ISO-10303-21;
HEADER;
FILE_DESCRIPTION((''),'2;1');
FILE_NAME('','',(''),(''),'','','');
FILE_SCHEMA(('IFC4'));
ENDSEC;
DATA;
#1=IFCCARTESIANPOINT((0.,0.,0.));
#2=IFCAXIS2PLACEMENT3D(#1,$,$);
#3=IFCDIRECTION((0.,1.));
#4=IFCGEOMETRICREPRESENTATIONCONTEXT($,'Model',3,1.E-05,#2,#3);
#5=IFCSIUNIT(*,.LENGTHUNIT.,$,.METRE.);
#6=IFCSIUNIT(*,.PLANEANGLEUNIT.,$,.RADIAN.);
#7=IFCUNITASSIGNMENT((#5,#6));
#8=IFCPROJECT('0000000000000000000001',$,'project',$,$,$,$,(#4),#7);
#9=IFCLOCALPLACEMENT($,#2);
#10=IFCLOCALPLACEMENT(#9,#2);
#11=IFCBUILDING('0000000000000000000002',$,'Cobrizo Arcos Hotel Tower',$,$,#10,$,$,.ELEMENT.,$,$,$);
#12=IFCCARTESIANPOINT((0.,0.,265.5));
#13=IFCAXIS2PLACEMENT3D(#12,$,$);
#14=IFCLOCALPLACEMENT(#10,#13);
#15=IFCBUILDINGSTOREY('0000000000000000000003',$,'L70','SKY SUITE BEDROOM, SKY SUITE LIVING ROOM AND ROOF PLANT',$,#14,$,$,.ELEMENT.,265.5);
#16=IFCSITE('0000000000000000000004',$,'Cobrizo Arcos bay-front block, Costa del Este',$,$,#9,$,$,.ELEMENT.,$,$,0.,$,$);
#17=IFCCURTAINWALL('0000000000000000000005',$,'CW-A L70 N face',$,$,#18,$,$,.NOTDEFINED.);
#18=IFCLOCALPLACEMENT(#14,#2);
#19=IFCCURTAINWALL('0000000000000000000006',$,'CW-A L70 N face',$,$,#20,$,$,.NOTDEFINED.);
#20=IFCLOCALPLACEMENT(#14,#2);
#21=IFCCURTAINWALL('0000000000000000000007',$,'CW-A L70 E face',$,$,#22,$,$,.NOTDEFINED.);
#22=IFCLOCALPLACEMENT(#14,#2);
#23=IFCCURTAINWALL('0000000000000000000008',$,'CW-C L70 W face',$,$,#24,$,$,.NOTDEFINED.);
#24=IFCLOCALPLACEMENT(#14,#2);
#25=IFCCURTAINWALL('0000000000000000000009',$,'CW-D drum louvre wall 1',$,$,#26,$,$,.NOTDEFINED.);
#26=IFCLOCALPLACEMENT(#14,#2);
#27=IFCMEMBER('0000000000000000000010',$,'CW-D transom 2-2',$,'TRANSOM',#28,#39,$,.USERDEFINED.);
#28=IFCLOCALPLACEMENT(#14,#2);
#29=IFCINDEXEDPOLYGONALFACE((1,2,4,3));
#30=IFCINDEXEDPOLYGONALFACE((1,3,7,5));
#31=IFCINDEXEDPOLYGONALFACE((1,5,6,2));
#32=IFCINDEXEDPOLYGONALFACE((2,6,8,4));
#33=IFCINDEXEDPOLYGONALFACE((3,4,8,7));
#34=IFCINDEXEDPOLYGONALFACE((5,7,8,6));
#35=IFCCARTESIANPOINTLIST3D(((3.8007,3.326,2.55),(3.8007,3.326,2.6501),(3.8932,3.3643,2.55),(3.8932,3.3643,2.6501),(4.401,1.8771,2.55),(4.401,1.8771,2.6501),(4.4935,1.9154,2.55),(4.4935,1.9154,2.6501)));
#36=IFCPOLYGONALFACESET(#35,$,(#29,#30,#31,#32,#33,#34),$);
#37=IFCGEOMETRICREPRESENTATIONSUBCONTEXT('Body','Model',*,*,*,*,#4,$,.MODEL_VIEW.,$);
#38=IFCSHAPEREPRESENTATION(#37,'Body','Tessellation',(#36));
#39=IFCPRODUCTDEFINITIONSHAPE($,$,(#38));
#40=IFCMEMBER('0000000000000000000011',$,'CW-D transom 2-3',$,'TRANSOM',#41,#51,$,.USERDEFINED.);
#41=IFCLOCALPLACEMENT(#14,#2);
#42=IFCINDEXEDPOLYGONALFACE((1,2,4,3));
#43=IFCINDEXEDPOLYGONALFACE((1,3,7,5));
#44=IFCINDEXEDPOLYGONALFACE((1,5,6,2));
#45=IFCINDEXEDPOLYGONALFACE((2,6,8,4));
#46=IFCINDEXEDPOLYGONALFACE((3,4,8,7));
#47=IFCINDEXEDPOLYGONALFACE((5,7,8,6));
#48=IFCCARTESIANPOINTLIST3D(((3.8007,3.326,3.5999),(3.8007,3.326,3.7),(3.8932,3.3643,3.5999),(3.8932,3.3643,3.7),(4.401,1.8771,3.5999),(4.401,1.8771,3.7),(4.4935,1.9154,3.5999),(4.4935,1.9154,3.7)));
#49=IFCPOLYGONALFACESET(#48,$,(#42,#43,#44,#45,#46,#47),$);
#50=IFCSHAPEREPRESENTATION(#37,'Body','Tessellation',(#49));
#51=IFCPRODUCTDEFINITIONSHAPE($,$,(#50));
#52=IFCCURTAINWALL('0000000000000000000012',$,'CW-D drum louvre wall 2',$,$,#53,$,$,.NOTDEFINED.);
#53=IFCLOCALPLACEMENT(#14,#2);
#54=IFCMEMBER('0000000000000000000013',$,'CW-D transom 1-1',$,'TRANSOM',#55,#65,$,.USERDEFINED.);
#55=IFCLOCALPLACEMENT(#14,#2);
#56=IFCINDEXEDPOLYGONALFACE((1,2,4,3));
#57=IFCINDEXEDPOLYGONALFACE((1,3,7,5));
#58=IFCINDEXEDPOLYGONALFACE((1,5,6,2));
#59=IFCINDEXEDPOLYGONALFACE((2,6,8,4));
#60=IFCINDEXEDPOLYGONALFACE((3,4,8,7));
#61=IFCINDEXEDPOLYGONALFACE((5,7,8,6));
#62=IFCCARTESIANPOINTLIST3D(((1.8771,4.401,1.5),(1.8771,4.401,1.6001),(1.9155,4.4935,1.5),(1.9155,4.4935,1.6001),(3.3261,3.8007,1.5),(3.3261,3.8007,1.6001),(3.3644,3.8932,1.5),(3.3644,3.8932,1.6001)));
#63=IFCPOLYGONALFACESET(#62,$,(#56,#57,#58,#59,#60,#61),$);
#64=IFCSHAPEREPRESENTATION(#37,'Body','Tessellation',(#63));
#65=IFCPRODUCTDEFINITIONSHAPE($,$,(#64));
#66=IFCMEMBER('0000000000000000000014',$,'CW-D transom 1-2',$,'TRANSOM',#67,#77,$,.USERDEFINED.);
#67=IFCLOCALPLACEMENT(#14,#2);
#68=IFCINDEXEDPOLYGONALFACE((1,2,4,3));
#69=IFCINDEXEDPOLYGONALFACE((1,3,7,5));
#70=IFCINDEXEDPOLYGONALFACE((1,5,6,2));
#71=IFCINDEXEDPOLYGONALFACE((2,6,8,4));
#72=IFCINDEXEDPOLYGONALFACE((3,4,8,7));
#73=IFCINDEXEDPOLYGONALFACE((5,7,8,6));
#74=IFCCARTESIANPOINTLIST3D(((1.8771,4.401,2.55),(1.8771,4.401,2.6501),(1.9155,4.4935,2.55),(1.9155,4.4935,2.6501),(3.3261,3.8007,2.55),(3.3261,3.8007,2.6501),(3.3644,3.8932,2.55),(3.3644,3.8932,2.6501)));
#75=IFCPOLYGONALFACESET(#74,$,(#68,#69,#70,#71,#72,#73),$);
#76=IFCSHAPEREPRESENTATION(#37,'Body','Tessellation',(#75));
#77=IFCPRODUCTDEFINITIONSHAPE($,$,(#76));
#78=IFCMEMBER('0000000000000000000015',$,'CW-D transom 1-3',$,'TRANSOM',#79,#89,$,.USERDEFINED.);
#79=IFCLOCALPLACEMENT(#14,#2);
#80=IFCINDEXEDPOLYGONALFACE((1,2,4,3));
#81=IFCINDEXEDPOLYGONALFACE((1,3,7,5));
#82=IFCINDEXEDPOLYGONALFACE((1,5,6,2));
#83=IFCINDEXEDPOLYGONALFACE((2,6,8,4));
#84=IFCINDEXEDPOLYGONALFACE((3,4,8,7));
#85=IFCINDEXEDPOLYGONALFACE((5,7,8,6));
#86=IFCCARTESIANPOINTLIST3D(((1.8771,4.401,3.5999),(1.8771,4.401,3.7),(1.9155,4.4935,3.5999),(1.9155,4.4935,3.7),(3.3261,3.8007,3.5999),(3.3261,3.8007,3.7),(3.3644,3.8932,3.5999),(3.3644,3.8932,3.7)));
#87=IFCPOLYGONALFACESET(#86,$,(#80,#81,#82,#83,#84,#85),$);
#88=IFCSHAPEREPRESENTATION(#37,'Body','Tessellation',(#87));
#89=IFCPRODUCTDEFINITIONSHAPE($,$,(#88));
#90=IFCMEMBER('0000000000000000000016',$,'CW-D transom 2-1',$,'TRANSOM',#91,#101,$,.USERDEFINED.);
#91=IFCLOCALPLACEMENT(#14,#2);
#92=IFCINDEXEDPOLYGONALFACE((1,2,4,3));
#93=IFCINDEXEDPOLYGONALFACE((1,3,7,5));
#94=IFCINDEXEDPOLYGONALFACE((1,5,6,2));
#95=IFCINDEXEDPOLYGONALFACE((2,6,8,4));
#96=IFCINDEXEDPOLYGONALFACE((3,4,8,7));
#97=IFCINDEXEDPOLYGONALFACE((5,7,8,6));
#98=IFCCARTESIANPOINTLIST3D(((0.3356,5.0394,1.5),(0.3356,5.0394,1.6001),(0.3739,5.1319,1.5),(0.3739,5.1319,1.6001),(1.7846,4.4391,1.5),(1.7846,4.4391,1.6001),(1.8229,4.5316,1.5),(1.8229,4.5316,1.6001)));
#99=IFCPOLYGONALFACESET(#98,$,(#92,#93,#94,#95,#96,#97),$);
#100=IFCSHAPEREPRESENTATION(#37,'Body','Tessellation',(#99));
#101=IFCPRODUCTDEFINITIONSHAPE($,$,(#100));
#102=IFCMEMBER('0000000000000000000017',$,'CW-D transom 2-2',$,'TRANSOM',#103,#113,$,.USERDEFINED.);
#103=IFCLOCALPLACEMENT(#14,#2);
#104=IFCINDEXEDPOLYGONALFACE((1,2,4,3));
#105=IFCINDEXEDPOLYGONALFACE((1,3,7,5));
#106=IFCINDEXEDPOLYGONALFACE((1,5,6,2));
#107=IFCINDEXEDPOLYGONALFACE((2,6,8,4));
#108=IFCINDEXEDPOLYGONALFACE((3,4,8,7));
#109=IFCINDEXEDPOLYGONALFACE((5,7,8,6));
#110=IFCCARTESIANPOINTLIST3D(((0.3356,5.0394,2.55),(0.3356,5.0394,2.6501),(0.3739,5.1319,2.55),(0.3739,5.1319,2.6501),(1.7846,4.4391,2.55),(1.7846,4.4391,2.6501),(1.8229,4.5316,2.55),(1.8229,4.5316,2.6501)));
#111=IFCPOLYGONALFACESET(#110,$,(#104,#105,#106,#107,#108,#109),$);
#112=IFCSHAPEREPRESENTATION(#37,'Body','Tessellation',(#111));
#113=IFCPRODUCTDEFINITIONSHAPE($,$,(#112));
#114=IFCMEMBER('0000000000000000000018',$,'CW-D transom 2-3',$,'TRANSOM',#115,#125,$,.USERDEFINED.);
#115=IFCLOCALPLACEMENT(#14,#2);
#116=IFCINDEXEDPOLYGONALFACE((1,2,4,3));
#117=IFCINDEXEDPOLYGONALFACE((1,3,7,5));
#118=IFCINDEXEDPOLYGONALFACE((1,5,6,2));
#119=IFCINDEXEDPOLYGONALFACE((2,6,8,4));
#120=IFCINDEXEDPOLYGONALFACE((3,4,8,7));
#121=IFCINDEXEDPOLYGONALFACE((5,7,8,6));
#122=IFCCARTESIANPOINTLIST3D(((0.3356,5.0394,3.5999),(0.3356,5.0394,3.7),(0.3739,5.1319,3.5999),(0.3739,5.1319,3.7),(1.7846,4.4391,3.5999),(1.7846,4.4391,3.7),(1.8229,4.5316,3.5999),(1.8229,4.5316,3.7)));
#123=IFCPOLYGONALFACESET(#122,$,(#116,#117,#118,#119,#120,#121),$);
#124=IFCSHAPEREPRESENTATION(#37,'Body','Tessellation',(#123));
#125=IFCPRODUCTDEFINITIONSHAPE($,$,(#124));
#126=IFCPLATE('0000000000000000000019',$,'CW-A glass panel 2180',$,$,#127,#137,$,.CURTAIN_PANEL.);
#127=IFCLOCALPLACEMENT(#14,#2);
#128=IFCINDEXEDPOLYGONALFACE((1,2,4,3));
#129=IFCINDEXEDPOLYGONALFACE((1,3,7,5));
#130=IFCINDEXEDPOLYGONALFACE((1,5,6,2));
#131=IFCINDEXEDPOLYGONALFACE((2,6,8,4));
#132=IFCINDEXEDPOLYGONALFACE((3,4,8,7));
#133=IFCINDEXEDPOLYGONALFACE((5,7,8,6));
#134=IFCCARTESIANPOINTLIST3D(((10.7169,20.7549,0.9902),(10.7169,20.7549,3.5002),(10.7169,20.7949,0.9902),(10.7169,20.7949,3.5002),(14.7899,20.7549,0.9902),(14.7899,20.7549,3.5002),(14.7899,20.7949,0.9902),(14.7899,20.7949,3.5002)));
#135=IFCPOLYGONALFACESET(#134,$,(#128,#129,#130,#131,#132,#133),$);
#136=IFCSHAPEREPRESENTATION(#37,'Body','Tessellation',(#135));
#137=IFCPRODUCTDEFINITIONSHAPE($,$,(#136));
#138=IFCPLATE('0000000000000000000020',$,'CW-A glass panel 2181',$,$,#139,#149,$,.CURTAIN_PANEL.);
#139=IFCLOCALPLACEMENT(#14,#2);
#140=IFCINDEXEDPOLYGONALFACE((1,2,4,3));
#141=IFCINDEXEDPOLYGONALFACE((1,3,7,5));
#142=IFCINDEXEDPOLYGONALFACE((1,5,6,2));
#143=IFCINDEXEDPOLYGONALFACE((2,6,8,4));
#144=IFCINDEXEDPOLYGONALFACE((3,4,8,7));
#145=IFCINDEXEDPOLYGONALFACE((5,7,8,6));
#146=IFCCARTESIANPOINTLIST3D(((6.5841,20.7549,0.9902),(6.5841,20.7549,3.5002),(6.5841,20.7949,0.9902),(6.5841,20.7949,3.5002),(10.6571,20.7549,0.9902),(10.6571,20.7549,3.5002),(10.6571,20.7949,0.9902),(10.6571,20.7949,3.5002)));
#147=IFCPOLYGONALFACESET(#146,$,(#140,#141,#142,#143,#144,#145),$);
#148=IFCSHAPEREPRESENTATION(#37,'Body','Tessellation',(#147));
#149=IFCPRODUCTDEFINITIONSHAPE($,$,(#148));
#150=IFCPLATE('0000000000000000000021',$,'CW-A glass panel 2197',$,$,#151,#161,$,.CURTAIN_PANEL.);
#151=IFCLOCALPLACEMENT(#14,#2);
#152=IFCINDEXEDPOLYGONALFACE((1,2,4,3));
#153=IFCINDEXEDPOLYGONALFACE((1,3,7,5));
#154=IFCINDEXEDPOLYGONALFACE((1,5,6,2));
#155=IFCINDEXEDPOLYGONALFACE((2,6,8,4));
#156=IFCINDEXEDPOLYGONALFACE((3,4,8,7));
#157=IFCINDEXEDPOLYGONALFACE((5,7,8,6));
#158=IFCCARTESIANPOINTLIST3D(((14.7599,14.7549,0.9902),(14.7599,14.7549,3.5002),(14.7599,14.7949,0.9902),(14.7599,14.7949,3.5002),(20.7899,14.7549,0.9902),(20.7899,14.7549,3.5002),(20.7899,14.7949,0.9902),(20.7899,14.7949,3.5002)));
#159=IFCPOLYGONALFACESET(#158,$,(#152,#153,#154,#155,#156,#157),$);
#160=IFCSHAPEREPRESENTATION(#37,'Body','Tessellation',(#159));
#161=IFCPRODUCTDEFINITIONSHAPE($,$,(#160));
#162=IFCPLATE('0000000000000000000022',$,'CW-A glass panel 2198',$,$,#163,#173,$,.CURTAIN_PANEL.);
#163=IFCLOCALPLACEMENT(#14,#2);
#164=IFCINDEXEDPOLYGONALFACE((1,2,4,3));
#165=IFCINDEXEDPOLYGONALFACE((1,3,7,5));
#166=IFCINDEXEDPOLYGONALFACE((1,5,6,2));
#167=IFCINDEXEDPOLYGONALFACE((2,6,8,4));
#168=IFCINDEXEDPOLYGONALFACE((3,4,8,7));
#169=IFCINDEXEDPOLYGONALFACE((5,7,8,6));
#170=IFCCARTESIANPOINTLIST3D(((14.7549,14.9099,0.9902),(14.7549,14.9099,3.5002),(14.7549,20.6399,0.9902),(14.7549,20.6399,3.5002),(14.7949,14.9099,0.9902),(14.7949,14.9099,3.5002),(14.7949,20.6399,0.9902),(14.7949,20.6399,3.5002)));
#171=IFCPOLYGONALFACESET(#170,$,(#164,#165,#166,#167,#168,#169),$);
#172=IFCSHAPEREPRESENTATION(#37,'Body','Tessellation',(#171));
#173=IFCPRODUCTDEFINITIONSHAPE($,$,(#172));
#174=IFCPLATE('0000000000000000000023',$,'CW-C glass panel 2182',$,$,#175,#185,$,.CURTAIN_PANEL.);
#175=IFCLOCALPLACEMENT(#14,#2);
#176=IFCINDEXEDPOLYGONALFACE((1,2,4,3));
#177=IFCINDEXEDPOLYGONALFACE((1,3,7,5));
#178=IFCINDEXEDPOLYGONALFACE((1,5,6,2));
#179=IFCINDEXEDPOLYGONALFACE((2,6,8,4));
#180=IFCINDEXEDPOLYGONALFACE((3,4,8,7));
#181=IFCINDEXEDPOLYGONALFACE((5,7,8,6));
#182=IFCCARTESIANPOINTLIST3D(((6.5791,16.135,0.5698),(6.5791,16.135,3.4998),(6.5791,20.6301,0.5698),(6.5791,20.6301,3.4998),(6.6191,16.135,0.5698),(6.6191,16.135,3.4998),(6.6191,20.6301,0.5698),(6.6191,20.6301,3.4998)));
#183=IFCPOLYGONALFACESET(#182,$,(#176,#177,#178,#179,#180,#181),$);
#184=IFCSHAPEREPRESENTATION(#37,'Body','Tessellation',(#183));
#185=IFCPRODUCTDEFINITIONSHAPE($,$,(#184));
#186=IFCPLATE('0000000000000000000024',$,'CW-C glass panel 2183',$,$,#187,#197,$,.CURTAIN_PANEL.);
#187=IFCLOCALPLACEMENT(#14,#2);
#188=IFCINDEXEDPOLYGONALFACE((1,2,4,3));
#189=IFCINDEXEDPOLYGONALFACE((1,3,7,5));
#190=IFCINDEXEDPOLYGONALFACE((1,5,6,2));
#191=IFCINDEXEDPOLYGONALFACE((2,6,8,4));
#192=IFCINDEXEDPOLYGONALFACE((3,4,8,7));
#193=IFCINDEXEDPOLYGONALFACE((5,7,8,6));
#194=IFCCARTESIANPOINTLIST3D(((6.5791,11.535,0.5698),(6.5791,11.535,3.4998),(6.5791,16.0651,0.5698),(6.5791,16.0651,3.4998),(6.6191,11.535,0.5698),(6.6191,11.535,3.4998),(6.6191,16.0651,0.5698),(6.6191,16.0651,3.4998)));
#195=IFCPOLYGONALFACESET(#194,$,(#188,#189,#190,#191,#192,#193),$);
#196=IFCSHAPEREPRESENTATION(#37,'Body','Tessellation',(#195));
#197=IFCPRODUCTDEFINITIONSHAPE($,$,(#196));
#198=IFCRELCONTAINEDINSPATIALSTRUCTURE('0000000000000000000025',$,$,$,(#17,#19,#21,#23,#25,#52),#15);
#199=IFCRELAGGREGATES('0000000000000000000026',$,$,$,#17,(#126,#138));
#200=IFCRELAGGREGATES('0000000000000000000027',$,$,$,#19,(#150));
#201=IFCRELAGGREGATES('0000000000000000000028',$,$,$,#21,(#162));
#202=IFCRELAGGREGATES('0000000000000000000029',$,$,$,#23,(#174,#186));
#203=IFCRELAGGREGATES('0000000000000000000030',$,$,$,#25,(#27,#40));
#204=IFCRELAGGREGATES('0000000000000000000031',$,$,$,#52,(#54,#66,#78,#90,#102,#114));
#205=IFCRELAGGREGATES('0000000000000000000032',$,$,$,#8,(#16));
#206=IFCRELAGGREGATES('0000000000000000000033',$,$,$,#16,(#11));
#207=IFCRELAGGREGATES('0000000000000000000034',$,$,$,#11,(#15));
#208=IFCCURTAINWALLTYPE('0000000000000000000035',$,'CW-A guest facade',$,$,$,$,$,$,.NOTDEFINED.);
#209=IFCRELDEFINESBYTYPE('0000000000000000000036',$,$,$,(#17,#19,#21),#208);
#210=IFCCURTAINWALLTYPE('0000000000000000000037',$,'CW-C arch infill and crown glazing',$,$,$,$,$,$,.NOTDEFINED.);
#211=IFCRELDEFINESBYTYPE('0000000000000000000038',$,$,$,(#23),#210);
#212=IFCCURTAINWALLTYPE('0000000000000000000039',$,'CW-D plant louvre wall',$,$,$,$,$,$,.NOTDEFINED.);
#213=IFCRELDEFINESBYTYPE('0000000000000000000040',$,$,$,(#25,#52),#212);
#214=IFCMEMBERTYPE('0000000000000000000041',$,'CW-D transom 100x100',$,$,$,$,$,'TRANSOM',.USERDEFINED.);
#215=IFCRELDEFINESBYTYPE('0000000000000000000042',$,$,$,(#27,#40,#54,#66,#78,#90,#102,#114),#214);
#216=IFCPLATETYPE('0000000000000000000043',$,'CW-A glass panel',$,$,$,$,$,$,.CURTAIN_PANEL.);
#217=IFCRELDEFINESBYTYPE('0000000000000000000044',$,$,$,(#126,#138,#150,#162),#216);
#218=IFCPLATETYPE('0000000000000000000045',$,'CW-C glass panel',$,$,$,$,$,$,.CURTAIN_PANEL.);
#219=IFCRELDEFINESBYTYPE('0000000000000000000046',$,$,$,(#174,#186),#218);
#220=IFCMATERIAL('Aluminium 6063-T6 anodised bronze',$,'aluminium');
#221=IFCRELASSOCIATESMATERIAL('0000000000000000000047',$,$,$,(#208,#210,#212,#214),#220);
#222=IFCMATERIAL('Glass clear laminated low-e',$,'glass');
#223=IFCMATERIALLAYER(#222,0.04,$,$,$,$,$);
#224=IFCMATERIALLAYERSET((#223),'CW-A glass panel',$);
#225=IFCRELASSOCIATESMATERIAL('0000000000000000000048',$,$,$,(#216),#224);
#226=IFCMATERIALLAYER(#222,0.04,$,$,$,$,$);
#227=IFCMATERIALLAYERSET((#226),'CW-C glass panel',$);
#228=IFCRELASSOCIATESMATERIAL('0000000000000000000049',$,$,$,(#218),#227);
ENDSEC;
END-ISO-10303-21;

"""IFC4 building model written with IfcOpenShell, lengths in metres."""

from ifc_helpers import new_model, si_unit, direction, frame, origin, origin_2d, place, context, subcontext, project, spatial, rectangle, extrude, material, layer, layer_set, material_profile, profile_set, type_object, element, aggregate, save


model = new_model("IFC4")

# Units and contexts
model_context = context("Model", 3, precision=1e-05, world=origin(), true_north=direction((0.0, 1.0)))
body_context = subcontext(model_context, "Body", "Model", "MODEL_VIEW")
ifc_project = project(units=[si_unit("LENGTHUNIT", "METRE"), si_unit("PLANEANGLEUNIT", "RADIAN")], contexts=[model_context])

# Site, building, storey
site_placement = place(None, origin())
site = spatial("IfcSite", under=ifc_project, at=site_placement, Name="Cobrizo Arcos bay-front block, Costa del Este", CompositionType="ELEMENT", RefElevation=0.0)
building_placement = place(site_placement, origin())
building = spatial("IfcBuilding", under=site, at=building_placement, Name="Cobrizo Arcos Hotel Tower", CompositionType="ELEMENT")
storey_placement = place(building_placement, frame((0.0, 0.0, 265.5)))
storey = spatial("IfcBuildingStorey", under=building, at=storey_placement, Name="L70", Description="SKY SUITE BEDROOM, SKY SUITE LIVING ROOM AND ROOF PLANT", CompositionType="ELEMENT", Elevation=265.5)

# Curtain wall
ifc_material_1 = material(Name="Aluminium 6063-T6 anodised bronze", Category="aluminium")
curtain_wall_type_1 = type_object("IfcCurtainWallType", Name="CW-A guest facade", PredefinedType="NOTDEFINED", material=ifc_material_1)
curtain_wall_1_placement = place(storey_placement, origin())
curtain_wall_1 = element("IfcCurtainWall", 1, at=curtain_wall_1_placement, inside=storey, type_object=curtain_wall_type_1, Name="CW-A L70 N face", PredefinedType="NOTDEFINED")

# Curtain walls
curtain_wall_2_placement = place(storey_placement, origin())
curtain_wall_2 = element("IfcCurtainWall", 2, at=curtain_wall_2_placement, inside=storey, type_object=curtain_wall_type_1, Name="CW-A L70 N face", PredefinedType="NOTDEFINED")
curtain_wall_3_placement = place(storey_placement, origin())
curtain_wall_3 = element("IfcCurtainWall", 3, at=curtain_wall_3_placement, inside=storey, type_object=curtain_wall_type_1, Name="CW-A L70 E face", PredefinedType="NOTDEFINED")

# Curtain wall
curtain_wall_type_2 = type_object("IfcCurtainWallType", Name="CW-C arch infill and crown glazing", PredefinedType="NOTDEFINED", material=ifc_material_1)
curtain_wall_4_placement = place(storey_placement, origin())
curtain_wall_4 = element("IfcCurtainWall", 4, at=curtain_wall_4_placement, inside=storey, type_object=curtain_wall_type_2, Name="CW-C L70 W face", PredefinedType="NOTDEFINED")

# Shared definitions
curtain_wall_type_3 = type_object("IfcCurtainWallType", Name="CW-D plant louvre wall", PredefinedType="NOTDEFINED", material=ifc_material_1)

# Curtain walls, members
curtain_wall_5_placement = place(storey_placement, origin())
curtain_wall_5 = element("IfcCurtainWall", 5, at=curtain_wall_5_placement, inside=storey, type_object=curtain_wall_type_3, Name="CW-D drum louvre wall 1", PredefinedType="NOTDEFINED")
ifc_material_profile_1 = material_profile(ifc_material_1, rectangle(XDim=0.1001, YDim=0.1001, at=origin_2d()), Name="CW-D transom 100x100")
ifc_profile_set_1 = profile_set([ifc_material_profile_1], Name="Aluminium 6063-T6 anodised bronze")
member_type_1 = type_object("IfcMemberType", Name="CW-D transom 100x100", ElementType="TRANSOM", PredefinedType="USERDEFINED", material=ifc_profile_set_1)
member_1_placement = place(storey_placement, frame((4.4473, 1.8962, 2.6001), z_axis=(-0.382769, 0.923844, 0.0), x_axis=(-0.923844, -0.382769, 0.0)))
member_1 = element("IfcMember", 6, at=member_1_placement, type_object=member_type_1, Name="CW-D transom 2-2", ObjectType="TRANSOM", PredefinedType="USERDEFINED", context=body_context, shape_type="SweptSolid", body=[
    extrude(rectangle(XDim=0.1001, YDim=0.1001, at=origin_2d()), origin(), (0.0, 0.0, 1.0), 1.5684),
])
member_2_placement = place(storey_placement, frame((4.4473, 1.8962, 3.6499), z_axis=(-0.382769, 0.923844, 0.0), x_axis=(-0.923844, -0.382769, 0.0)))
member_2 = element("IfcMember", 7, at=member_2_placement, type_object=member_type_1, Name="CW-D transom 2-3", ObjectType="TRANSOM", PredefinedType="USERDEFINED", context=body_context, shape_type="SweptSolid", body=[
    extrude(rectangle(XDim=0.1001, YDim=0.1001, at=origin_2d()), origin(), (0.0, 0.0, 1.0), 1.5684),
])
curtain_wall_6_placement = place(storey_placement, origin())
curtain_wall_6 = element("IfcCurtainWall", 8, at=curtain_wall_6_placement, inside=storey, type_object=curtain_wall_type_3, Name="CW-D drum louvre wall 2", PredefinedType="NOTDEFINED")
member_3_placement = place(storey_placement, frame((3.3452, 3.8469, 1.55), z_axis=(-0.923844, 0.382769, 0.0), x_axis=(-0.382769, -0.923844, 0.0)))
member_3 = element("IfcMember", 9, at=member_3_placement, type_object=member_type_1, Name="CW-D transom 1-1", ObjectType="TRANSOM", PredefinedType="USERDEFINED", context=body_context, shape_type="SweptSolid", body=[
    extrude(rectangle(XDim=0.1001, YDim=0.1001, at=origin_2d()), origin(), (0.0, 0.0, 1.0), 1.5684),
])
member_4_placement = place(storey_placement, frame((3.3452, 3.8469, 2.6001), z_axis=(-0.923844, 0.382769, 0.0), x_axis=(-0.382769, -0.923844, 0.0)))
member_4 = element("IfcMember", 10, at=member_4_placement, type_object=member_type_1, Name="CW-D transom 1-2", ObjectType="TRANSOM", PredefinedType="USERDEFINED", context=body_context, shape_type="SweptSolid", body=[
    extrude(rectangle(XDim=0.1001, YDim=0.1001, at=origin_2d()), origin(), (0.0, 0.0, 1.0), 1.5684),
])
member_5_placement = place(storey_placement, frame((3.3452, 3.8469, 3.6499), z_axis=(-0.923844, 0.382769, 0.0), x_axis=(-0.382769, -0.923844, 0.0)))
member_5 = element("IfcMember", 11, at=member_5_placement, type_object=member_type_1, Name="CW-D transom 1-3", ObjectType="TRANSOM", PredefinedType="USERDEFINED", context=body_context, shape_type="SweptSolid", body=[
    extrude(rectangle(XDim=0.1001, YDim=0.1001, at=origin_2d()), origin(), (0.0, 0.0, 1.0), 1.5684),
])
member_6_placement = place(storey_placement, frame((1.8037, 4.4854, 1.55), z_axis=(-0.923844, 0.382769, 0.0), x_axis=(-0.382769, -0.923844, 0.0)))
member_6 = element("IfcMember", 12, at=member_6_placement, type_object=member_type_1, Name="CW-D transom 2-1", ObjectType="TRANSOM", PredefinedType="USERDEFINED", context=body_context, shape_type="SweptSolid", body=[
    extrude(rectangle(XDim=0.1001, YDim=0.1001, at=origin_2d()), origin(), (0.0, 0.0, 1.0), 1.5684),
])
member_7_placement = place(storey_placement, frame((1.8037, 4.4854, 2.6001), z_axis=(-0.923844, 0.382769, 0.0), x_axis=(-0.382769, -0.923844, 0.0)))
member_7 = element("IfcMember", 13, at=member_7_placement, type_object=member_type_1, Name="CW-D transom 2-2", ObjectType="TRANSOM", PredefinedType="USERDEFINED", context=body_context, shape_type="SweptSolid", body=[
    extrude(rectangle(XDim=0.1001, YDim=0.1001, at=origin_2d()), origin(), (0.0, 0.0, 1.0), 1.5684),
])
member_8_placement = place(storey_placement, frame((1.8037, 4.4854, 3.6499), z_axis=(-0.923844, 0.382769, 0.0), x_axis=(-0.382769, -0.923844, 0.0)))
member_8 = element("IfcMember", 14, at=member_8_placement, type_object=member_type_1, Name="CW-D transom 2-3", ObjectType="TRANSOM", PredefinedType="USERDEFINED", context=body_context, shape_type="SweptSolid", body=[
    extrude(rectangle(XDim=0.1001, YDim=0.1001, at=origin_2d()), origin(), (0.0, 0.0, 1.0), 1.5684),
])

# Plates
ifc_material_2 = material(Name="Glass clear laminated low-e", Category="glass")
ifc_layer_1 = layer(ifc_material_2, 0.04)
ifc_layer_set_1 = layer_set([ifc_layer_1], Name="CW-A glass panel")
plate_type_1 = type_object("IfcPlateType", Name="CW-A glass panel", PredefinedType="CURTAIN_PANEL", material=ifc_layer_set_1)
plate_1_placement = place(storey_placement, frame((12.7534, 20.7749, 0.9902), z_axis=(0.0, 0.0, 1.0), x_axis=(-1.0, 0.0, 0.0)))
plate_1 = element("IfcPlate", 15, at=plate_1_placement, type_object=plate_type_1, Name="CW-A glass panel 2180", PredefinedType="CURTAIN_PANEL", context=body_context, shape_type="SweptSolid", body=[
    extrude(rectangle(XDim=4.073, YDim=0.04, at=origin_2d()), origin(), (0.0, 0.0, 1.0), 2.51),
])
plate_2_placement = place(storey_placement, frame((8.6206, 20.7749, 0.9902), z_axis=(0.0, 0.0, 1.0), x_axis=(-1.0, 0.0, 0.0)))
plate_2 = element("IfcPlate", 16, at=plate_2_placement, type_object=plate_type_1, Name="CW-A glass panel 2181", PredefinedType="CURTAIN_PANEL", context=body_context, shape_type="SweptSolid", body=[
    extrude(rectangle(XDim=4.073, YDim=0.04, at=origin_2d()), origin(), (0.0, 0.0, 1.0), 2.51),
])
aggregate(curtain_wall_1, [plate_1, plate_2])
plate_3_placement = place(storey_placement, frame((17.7749, 14.7749, 0.9902), z_axis=(0.0, 0.0, 1.0), x_axis=(-1.0, 0.0, 0.0)))
plate_3 = element("IfcPlate", 17, at=plate_3_placement, type_object=plate_type_1, Name="CW-A glass panel 2197", PredefinedType="CURTAIN_PANEL", context=body_context, shape_type="SweptSolid", body=[
    extrude(rectangle(XDim=6.03, YDim=0.04, at=origin_2d()), origin(), (0.0, 0.0, 1.0), 2.51),
])
aggregate(curtain_wall_2, [plate_3])
plate_4_placement = place(storey_placement, frame((14.7749, 17.7749, 0.9902), z_axis=(0.0, 0.0, 1.0), x_axis=(0.0, 1.0, 0.0)))
plate_4 = element("IfcPlate", 18, at=plate_4_placement, type_object=plate_type_1, Name="CW-A glass panel 2198", PredefinedType="CURTAIN_PANEL", context=body_context, shape_type="SweptSolid", body=[
    extrude(rectangle(XDim=5.73, YDim=0.04, at=origin_2d()), origin(), (0.0, 0.0, 1.0), 2.51),
])
aggregate(curtain_wall_3, [plate_4])
ifc_layer_2 = layer(ifc_material_2, 0.04)
ifc_layer_set_2 = layer_set([ifc_layer_2], Name="CW-C glass panel")
plate_type_2 = type_object("IfcPlateType", Name="CW-C glass panel", PredefinedType="CURTAIN_PANEL", material=ifc_layer_set_2)
plate_5_placement = place(storey_placement, frame((6.5991, 18.3826, 0.5698), z_axis=(0.0, 0.0, 1.0), x_axis=(0.0, -1.0, 0.0)))
plate_5 = element("IfcPlate", 19, at=plate_5_placement, type_object=plate_type_2, Name="CW-C glass panel 2182", PredefinedType="CURTAIN_PANEL", context=body_context, shape_type="SweptSolid", body=[
    extrude(rectangle(XDim=4.4951, YDim=0.04, at=origin_2d()), origin(), (0.0, 0.0, 1.0), 2.9299),
])
plate_6_placement = place(storey_placement, frame((6.5991, 13.8, 0.5698), z_axis=(0.0, 0.0, 1.0), x_axis=(0.0, -1.0, 0.0)))
plate_6 = element("IfcPlate", 20, at=plate_6_placement, type_object=plate_type_2, Name="CW-C glass panel 2183", PredefinedType="CURTAIN_PANEL", context=body_context, shape_type="SweptSolid", body=[
    extrude(rectangle(XDim=4.53, YDim=0.04, at=origin_2d()), origin(), (0.0, 0.0, 1.0), 2.9299),
])
aggregate(curtain_wall_4, [plate_5, plate_6])
aggregate(curtain_wall_5, [member_1, member_2])
aggregate(curtain_wall_6, [member_3, member_4, member_5, member_6, member_7, member_8])

save(model, "model.ifc")
